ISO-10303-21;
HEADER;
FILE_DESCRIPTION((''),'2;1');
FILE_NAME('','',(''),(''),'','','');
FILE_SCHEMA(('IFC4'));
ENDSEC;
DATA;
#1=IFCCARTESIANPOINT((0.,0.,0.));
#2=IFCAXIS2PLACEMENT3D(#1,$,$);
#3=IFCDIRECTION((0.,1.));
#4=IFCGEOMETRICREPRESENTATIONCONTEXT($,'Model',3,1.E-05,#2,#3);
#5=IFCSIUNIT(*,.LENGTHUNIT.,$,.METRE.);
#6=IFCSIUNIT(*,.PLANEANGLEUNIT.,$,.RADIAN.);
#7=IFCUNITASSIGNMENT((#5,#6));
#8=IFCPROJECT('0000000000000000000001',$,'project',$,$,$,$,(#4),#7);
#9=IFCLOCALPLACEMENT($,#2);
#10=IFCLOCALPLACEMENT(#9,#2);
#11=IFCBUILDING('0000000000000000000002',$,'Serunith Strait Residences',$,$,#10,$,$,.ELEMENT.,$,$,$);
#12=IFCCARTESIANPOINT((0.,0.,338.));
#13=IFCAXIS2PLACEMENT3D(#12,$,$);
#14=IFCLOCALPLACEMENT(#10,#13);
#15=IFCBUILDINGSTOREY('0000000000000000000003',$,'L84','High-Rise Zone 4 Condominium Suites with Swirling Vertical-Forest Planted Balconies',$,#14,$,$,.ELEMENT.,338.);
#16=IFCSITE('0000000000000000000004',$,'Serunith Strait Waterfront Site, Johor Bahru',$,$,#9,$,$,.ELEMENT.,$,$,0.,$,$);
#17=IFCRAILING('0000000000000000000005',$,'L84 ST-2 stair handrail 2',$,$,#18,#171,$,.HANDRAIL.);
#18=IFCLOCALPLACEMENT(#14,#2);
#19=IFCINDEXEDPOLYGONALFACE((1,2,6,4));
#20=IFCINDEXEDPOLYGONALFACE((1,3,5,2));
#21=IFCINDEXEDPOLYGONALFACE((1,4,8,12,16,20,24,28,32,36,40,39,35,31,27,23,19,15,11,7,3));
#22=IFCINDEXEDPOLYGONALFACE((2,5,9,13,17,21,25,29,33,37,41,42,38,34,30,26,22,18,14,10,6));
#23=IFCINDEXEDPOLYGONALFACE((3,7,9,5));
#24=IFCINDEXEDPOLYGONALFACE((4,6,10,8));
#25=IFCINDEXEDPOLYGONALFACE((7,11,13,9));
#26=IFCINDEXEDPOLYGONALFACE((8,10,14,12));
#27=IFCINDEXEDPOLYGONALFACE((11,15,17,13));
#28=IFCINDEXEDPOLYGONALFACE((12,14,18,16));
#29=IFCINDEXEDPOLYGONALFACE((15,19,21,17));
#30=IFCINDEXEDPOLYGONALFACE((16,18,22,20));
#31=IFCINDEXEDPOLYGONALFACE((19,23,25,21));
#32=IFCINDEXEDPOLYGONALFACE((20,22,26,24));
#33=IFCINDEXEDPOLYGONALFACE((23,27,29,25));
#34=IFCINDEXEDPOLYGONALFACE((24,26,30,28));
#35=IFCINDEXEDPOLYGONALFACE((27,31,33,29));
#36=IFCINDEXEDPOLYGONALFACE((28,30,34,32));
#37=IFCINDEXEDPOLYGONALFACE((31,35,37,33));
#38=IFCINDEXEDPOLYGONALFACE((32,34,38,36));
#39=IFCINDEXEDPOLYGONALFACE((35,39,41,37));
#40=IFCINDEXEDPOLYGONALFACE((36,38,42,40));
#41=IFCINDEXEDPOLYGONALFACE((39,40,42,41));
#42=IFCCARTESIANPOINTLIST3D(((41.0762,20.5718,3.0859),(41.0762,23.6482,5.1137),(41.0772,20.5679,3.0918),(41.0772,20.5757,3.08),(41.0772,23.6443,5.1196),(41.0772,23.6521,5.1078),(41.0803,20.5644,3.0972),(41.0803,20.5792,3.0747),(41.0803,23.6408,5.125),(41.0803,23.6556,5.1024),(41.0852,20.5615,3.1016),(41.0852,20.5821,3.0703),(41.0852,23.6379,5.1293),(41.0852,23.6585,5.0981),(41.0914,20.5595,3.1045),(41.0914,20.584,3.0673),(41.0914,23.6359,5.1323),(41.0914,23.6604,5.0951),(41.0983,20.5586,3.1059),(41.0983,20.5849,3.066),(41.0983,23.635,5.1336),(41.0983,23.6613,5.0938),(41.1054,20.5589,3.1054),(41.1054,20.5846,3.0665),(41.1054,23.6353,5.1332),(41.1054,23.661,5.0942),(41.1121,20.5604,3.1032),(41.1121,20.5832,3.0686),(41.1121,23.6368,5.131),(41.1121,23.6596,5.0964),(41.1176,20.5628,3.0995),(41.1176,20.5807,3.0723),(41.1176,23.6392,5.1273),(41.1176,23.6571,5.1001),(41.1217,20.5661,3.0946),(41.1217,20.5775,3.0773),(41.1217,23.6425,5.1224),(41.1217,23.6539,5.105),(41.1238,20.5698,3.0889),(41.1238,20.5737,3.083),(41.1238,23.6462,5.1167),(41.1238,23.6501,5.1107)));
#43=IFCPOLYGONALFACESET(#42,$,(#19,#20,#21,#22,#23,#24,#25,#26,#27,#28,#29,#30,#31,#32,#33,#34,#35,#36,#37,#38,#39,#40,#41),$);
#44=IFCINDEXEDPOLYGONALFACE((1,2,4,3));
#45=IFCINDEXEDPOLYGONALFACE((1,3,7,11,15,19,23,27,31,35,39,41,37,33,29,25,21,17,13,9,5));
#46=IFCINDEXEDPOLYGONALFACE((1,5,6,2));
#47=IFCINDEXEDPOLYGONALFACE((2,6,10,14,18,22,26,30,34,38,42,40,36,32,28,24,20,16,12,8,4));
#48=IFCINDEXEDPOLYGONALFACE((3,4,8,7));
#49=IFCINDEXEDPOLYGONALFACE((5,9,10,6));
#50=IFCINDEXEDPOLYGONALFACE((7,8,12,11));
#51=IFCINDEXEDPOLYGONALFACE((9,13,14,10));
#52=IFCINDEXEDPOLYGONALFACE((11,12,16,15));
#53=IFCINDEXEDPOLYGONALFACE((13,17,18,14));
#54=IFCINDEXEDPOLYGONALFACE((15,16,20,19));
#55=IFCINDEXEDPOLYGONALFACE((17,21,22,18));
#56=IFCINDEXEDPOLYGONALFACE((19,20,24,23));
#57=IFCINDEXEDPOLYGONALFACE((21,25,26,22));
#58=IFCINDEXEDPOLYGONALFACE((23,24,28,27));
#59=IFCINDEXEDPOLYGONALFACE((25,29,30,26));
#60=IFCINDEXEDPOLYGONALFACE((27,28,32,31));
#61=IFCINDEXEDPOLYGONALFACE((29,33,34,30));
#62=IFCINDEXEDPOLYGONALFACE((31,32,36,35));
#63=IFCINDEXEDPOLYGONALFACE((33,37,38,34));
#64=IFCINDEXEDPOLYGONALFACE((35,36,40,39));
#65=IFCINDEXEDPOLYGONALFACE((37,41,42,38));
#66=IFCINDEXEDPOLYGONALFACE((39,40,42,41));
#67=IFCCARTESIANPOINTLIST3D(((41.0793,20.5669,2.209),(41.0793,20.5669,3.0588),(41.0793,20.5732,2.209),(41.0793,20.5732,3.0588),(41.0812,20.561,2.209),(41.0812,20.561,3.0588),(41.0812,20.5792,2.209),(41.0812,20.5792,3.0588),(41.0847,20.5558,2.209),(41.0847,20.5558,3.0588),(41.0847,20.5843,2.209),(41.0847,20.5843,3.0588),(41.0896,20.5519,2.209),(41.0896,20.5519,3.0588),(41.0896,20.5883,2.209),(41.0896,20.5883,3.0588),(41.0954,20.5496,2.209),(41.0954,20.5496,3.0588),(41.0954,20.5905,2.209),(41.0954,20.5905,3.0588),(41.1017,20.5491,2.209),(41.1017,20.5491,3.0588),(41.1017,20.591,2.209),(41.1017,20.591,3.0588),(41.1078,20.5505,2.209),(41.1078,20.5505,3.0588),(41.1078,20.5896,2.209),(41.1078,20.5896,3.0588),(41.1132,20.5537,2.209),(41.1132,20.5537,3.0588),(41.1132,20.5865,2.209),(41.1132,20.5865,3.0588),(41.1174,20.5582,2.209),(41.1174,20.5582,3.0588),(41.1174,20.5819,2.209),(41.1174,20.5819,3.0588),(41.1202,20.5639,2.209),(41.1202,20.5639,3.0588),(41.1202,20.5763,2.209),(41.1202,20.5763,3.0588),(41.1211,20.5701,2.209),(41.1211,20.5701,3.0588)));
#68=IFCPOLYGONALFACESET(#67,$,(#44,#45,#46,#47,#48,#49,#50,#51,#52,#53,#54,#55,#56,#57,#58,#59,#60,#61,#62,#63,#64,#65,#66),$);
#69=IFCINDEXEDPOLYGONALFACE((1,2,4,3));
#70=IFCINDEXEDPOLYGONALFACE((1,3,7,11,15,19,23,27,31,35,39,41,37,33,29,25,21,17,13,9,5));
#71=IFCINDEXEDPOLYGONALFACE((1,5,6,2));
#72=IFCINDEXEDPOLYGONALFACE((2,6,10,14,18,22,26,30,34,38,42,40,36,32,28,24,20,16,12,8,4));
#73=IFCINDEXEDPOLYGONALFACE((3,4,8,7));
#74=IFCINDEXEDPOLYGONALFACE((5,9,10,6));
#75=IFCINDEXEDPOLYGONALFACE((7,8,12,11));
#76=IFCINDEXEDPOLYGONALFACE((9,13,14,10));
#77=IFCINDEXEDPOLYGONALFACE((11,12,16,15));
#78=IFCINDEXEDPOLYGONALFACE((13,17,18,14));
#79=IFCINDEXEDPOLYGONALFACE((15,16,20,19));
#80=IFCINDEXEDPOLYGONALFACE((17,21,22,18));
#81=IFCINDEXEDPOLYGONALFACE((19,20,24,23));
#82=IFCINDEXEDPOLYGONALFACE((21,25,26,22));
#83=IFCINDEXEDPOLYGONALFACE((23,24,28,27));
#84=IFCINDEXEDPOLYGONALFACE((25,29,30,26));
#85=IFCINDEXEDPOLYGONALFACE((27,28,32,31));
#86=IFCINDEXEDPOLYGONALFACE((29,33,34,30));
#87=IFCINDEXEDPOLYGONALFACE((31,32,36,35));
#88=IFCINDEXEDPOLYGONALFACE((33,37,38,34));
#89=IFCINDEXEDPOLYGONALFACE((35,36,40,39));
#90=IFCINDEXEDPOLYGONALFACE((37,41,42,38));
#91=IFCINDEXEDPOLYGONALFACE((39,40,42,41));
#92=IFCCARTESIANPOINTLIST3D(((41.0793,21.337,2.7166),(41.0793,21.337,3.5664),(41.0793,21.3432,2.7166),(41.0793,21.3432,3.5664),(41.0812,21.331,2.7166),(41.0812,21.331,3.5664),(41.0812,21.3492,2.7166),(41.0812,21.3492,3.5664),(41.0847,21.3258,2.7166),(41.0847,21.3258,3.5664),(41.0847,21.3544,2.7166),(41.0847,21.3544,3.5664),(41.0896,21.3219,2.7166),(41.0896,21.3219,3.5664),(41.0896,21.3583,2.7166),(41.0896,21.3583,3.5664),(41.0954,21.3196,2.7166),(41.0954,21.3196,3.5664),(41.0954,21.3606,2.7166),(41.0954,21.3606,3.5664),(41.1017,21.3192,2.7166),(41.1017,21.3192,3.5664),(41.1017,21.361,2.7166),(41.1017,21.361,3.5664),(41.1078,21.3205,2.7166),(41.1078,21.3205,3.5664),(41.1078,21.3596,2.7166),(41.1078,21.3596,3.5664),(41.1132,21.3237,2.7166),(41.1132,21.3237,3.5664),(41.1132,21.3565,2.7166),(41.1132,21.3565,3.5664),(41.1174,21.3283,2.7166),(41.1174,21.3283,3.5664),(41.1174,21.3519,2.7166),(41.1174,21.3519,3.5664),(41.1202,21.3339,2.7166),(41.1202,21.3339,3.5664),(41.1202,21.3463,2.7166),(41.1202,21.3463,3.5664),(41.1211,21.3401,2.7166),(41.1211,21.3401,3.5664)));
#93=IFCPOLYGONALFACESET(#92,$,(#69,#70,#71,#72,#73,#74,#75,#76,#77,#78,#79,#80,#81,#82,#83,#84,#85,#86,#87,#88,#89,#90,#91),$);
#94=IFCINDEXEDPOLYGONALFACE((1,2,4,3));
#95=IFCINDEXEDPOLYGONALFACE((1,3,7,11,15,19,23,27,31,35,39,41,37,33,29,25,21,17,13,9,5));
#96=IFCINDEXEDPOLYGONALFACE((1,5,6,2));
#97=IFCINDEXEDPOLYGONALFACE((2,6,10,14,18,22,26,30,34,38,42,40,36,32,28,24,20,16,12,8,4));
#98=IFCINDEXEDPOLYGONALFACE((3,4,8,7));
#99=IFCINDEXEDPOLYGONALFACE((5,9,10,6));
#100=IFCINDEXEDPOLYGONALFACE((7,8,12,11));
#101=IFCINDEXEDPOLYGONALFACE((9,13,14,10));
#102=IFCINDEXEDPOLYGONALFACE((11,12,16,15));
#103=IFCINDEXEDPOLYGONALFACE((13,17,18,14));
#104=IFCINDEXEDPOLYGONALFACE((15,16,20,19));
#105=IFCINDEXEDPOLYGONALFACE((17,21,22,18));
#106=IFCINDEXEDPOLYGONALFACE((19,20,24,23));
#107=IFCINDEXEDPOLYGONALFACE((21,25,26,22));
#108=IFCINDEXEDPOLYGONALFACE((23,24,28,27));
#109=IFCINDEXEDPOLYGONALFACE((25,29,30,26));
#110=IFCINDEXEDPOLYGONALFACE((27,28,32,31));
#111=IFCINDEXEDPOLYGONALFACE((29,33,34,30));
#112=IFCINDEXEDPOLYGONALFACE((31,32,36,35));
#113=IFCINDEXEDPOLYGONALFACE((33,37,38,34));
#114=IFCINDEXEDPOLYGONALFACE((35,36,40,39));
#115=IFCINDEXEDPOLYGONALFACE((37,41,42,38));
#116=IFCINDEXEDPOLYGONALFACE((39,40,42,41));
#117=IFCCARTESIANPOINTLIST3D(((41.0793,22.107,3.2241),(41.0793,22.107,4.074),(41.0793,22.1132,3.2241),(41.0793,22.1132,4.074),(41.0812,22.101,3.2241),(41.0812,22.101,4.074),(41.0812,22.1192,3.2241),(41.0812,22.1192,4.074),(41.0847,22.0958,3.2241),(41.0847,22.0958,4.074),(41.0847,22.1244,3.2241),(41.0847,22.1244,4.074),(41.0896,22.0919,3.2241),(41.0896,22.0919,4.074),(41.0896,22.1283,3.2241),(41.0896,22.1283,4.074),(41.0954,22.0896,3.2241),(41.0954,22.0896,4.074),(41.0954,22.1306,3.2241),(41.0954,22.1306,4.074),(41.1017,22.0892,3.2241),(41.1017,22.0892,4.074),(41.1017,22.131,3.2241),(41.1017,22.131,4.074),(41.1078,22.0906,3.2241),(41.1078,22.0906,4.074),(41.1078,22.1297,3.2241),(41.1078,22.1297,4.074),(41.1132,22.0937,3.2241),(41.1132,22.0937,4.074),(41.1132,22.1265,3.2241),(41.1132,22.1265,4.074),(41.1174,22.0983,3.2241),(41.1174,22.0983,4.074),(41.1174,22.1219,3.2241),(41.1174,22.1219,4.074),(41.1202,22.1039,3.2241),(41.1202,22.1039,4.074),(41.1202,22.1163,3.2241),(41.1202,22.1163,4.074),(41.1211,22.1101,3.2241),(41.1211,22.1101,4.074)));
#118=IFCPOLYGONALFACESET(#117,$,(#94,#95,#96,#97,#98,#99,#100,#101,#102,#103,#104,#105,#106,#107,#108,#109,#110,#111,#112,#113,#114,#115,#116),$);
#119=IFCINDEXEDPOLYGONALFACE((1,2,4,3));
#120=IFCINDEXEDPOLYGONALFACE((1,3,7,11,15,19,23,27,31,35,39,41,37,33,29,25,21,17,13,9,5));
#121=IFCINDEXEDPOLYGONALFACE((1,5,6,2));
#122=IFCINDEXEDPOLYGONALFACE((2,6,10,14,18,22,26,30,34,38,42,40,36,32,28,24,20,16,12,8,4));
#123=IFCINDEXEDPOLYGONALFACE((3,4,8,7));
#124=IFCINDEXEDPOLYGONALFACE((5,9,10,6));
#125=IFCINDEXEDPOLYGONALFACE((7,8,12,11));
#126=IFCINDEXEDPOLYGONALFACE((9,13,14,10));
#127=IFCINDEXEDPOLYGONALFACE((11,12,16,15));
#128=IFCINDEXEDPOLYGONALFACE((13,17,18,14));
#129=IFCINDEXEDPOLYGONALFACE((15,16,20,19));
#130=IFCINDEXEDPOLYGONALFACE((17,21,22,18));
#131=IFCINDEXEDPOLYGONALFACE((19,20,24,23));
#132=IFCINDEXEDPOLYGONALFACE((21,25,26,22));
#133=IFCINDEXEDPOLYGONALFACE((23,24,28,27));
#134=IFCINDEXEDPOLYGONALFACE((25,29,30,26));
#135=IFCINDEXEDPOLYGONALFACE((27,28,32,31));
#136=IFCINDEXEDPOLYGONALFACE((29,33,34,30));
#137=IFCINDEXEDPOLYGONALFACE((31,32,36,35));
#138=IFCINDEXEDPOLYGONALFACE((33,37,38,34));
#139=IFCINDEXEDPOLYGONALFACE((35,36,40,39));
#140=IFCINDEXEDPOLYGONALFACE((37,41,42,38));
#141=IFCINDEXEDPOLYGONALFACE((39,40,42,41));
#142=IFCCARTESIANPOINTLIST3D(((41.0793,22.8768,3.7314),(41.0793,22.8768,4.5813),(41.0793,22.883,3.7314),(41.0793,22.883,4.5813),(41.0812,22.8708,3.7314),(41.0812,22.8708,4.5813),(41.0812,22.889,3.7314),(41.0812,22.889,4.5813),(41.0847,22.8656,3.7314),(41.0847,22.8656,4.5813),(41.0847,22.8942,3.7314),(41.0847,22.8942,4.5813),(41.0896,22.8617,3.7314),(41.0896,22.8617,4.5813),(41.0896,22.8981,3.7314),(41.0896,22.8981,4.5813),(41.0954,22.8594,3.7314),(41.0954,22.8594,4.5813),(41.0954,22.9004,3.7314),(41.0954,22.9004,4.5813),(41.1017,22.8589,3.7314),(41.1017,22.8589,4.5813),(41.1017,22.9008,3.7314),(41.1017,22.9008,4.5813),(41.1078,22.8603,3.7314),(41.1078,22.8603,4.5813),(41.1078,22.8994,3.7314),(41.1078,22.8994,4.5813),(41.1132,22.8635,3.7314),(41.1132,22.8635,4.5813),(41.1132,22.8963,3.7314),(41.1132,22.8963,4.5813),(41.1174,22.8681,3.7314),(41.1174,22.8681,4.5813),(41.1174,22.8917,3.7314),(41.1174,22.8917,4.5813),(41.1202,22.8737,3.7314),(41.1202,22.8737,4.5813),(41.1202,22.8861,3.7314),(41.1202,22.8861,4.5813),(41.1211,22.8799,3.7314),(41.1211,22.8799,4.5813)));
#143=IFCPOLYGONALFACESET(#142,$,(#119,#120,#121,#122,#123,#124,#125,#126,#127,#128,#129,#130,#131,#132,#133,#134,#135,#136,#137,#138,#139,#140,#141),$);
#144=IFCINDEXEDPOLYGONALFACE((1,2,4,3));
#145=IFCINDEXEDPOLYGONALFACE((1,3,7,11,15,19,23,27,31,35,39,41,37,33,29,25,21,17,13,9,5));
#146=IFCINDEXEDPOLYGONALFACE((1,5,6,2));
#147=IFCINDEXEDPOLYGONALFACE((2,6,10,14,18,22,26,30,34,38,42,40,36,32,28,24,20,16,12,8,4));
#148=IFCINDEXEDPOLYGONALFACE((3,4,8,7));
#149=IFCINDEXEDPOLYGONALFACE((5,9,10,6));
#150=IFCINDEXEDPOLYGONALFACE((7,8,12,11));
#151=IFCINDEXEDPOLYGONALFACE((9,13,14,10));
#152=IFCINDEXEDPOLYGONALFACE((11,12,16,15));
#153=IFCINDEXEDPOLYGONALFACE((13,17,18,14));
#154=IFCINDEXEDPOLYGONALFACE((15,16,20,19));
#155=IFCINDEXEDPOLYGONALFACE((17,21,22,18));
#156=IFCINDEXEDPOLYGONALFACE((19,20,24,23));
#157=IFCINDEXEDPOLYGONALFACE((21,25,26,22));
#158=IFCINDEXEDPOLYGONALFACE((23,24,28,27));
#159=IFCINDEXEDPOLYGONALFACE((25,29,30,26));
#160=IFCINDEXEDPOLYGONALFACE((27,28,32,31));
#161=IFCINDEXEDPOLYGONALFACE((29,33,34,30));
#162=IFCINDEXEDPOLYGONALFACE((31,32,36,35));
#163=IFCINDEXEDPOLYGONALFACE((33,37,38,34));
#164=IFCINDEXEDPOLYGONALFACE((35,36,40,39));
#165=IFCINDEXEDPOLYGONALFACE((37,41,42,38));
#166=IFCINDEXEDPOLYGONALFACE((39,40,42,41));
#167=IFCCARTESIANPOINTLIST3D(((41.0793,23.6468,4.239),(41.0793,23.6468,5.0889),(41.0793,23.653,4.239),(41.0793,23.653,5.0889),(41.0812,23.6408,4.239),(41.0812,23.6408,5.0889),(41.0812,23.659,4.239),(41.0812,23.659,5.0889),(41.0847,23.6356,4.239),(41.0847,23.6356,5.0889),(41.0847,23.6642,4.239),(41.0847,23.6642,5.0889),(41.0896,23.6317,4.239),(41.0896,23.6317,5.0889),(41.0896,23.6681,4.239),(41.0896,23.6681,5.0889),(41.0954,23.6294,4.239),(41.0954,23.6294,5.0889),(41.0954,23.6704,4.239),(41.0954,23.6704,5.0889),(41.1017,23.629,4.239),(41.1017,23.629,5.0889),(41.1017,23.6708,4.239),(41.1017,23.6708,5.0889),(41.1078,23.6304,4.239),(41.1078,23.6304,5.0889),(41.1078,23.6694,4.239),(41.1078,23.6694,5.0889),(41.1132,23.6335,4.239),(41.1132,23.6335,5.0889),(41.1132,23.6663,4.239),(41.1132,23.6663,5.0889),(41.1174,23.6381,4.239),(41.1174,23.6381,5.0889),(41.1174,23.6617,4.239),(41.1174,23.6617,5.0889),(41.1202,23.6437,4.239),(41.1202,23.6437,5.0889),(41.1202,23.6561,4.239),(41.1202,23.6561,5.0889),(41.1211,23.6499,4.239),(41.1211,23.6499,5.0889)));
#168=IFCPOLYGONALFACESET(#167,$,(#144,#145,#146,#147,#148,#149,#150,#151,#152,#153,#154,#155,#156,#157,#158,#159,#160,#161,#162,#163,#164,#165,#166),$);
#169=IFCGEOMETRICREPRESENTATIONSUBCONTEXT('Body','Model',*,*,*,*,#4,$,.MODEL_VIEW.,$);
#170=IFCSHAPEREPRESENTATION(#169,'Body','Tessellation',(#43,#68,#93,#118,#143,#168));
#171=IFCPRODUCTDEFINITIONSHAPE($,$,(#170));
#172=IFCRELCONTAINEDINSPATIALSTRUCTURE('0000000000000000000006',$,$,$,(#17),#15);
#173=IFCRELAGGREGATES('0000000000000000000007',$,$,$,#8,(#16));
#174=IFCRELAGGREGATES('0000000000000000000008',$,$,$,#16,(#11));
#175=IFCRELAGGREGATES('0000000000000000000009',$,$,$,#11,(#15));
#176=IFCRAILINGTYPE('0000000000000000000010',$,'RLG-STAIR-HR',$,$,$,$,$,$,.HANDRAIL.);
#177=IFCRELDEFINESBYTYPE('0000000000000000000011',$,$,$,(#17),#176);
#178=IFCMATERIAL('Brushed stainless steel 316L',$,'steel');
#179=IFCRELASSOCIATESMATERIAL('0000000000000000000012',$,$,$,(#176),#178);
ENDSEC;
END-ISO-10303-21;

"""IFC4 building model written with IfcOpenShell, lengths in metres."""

from ifc_helpers import new_model, si_unit, direction, frame, origin, origin_2d, place, context, subcontext, project, spatial, circle, extrude, material, type_object, element, save


model = new_model("IFC4")

# Units and contexts
model_context = context("Model", 3, precision=1e-05, world=origin(), true_north=direction((0.0, 1.0)))
body_context = subcontext(model_context, "Body", "Model", "MODEL_VIEW")
ifc_project = project(units=[si_unit("LENGTHUNIT", "METRE"), si_unit("PLANEANGLEUNIT", "RADIAN")], contexts=[model_context])

# Site, building, storey
site_placement = place(None, origin())
site = spatial("IfcSite", under=ifc_project, at=site_placement, Name="Serunith Strait Waterfront Site, Johor Bahru", CompositionType="ELEMENT", RefElevation=0.0)
building_placement = place(site_placement, origin())
building = spatial("IfcBuilding", under=site, at=building_placement, Name="Serunith Strait Residences", CompositionType="ELEMENT")
storey_placement = place(building_placement, frame((0.0, 0.0, 338.0)))
storey = spatial("IfcBuildingStorey", under=building, at=storey_placement, Name="L84", Description="High-Rise Zone 4 Condominium Suites with Swirling Vertical-Forest Planted Balconies", CompositionType="ELEMENT", Elevation=338.0)

# Railing
ifc_material_1 = material(Name="Brushed stainless steel 316L", Category="steel")
railing_type_1 = type_object("IfcRailingType", Name="RLG-STAIR-HR", PredefinedType="HANDRAIL", material=ifc_material_1)
railing_1_placement = place(storey_placement, frame((41.1001, 20.5701, 2.209)))
element("IfcRailing", 1, at=railing_1_placement, inside=storey, type_object=railing_type_1, Name="L84 ST-2 stair handrail 2", PredefinedType="HANDRAIL", context=body_context, shape_type="SweptSolid", body=[
    extrude(circle(Radius=0.0239, at=origin_2d()), frame((0.0, 0.0017, 0.877), z_axis=(0.0, 0.834941, 0.55034), x_axis=(-1.0, 0.0, 0.0)), (0.0, 0.0, 1.0), 3.6846),
    extrude(circle(Radius=0.021, at=origin_2d()), origin(), (0.0, 0.0, 1.0), 0.8499),
    extrude(circle(Radius=0.021, at=origin_2d()), frame((0.0, 0.77, 0.5076)), (0.0, 0.0, 1.0), 0.8499),
    extrude(circle(Radius=0.021, at=origin_2d()), frame((0.0, 1.54, 1.0151)), (0.0, 0.0, 1.0), 0.8499),
    extrude(circle(Radius=0.021, at=origin_2d()), frame((0.0, 2.3098, 1.5225)), (0.0, 0.0, 1.0), 0.8499),
    extrude(circle(Radius=0.021, at=origin_2d()), frame((0.0, 3.0798, 2.03)), (0.0, 0.0, 1.0), 0.8499),
])

save(model, "model.ifc")
